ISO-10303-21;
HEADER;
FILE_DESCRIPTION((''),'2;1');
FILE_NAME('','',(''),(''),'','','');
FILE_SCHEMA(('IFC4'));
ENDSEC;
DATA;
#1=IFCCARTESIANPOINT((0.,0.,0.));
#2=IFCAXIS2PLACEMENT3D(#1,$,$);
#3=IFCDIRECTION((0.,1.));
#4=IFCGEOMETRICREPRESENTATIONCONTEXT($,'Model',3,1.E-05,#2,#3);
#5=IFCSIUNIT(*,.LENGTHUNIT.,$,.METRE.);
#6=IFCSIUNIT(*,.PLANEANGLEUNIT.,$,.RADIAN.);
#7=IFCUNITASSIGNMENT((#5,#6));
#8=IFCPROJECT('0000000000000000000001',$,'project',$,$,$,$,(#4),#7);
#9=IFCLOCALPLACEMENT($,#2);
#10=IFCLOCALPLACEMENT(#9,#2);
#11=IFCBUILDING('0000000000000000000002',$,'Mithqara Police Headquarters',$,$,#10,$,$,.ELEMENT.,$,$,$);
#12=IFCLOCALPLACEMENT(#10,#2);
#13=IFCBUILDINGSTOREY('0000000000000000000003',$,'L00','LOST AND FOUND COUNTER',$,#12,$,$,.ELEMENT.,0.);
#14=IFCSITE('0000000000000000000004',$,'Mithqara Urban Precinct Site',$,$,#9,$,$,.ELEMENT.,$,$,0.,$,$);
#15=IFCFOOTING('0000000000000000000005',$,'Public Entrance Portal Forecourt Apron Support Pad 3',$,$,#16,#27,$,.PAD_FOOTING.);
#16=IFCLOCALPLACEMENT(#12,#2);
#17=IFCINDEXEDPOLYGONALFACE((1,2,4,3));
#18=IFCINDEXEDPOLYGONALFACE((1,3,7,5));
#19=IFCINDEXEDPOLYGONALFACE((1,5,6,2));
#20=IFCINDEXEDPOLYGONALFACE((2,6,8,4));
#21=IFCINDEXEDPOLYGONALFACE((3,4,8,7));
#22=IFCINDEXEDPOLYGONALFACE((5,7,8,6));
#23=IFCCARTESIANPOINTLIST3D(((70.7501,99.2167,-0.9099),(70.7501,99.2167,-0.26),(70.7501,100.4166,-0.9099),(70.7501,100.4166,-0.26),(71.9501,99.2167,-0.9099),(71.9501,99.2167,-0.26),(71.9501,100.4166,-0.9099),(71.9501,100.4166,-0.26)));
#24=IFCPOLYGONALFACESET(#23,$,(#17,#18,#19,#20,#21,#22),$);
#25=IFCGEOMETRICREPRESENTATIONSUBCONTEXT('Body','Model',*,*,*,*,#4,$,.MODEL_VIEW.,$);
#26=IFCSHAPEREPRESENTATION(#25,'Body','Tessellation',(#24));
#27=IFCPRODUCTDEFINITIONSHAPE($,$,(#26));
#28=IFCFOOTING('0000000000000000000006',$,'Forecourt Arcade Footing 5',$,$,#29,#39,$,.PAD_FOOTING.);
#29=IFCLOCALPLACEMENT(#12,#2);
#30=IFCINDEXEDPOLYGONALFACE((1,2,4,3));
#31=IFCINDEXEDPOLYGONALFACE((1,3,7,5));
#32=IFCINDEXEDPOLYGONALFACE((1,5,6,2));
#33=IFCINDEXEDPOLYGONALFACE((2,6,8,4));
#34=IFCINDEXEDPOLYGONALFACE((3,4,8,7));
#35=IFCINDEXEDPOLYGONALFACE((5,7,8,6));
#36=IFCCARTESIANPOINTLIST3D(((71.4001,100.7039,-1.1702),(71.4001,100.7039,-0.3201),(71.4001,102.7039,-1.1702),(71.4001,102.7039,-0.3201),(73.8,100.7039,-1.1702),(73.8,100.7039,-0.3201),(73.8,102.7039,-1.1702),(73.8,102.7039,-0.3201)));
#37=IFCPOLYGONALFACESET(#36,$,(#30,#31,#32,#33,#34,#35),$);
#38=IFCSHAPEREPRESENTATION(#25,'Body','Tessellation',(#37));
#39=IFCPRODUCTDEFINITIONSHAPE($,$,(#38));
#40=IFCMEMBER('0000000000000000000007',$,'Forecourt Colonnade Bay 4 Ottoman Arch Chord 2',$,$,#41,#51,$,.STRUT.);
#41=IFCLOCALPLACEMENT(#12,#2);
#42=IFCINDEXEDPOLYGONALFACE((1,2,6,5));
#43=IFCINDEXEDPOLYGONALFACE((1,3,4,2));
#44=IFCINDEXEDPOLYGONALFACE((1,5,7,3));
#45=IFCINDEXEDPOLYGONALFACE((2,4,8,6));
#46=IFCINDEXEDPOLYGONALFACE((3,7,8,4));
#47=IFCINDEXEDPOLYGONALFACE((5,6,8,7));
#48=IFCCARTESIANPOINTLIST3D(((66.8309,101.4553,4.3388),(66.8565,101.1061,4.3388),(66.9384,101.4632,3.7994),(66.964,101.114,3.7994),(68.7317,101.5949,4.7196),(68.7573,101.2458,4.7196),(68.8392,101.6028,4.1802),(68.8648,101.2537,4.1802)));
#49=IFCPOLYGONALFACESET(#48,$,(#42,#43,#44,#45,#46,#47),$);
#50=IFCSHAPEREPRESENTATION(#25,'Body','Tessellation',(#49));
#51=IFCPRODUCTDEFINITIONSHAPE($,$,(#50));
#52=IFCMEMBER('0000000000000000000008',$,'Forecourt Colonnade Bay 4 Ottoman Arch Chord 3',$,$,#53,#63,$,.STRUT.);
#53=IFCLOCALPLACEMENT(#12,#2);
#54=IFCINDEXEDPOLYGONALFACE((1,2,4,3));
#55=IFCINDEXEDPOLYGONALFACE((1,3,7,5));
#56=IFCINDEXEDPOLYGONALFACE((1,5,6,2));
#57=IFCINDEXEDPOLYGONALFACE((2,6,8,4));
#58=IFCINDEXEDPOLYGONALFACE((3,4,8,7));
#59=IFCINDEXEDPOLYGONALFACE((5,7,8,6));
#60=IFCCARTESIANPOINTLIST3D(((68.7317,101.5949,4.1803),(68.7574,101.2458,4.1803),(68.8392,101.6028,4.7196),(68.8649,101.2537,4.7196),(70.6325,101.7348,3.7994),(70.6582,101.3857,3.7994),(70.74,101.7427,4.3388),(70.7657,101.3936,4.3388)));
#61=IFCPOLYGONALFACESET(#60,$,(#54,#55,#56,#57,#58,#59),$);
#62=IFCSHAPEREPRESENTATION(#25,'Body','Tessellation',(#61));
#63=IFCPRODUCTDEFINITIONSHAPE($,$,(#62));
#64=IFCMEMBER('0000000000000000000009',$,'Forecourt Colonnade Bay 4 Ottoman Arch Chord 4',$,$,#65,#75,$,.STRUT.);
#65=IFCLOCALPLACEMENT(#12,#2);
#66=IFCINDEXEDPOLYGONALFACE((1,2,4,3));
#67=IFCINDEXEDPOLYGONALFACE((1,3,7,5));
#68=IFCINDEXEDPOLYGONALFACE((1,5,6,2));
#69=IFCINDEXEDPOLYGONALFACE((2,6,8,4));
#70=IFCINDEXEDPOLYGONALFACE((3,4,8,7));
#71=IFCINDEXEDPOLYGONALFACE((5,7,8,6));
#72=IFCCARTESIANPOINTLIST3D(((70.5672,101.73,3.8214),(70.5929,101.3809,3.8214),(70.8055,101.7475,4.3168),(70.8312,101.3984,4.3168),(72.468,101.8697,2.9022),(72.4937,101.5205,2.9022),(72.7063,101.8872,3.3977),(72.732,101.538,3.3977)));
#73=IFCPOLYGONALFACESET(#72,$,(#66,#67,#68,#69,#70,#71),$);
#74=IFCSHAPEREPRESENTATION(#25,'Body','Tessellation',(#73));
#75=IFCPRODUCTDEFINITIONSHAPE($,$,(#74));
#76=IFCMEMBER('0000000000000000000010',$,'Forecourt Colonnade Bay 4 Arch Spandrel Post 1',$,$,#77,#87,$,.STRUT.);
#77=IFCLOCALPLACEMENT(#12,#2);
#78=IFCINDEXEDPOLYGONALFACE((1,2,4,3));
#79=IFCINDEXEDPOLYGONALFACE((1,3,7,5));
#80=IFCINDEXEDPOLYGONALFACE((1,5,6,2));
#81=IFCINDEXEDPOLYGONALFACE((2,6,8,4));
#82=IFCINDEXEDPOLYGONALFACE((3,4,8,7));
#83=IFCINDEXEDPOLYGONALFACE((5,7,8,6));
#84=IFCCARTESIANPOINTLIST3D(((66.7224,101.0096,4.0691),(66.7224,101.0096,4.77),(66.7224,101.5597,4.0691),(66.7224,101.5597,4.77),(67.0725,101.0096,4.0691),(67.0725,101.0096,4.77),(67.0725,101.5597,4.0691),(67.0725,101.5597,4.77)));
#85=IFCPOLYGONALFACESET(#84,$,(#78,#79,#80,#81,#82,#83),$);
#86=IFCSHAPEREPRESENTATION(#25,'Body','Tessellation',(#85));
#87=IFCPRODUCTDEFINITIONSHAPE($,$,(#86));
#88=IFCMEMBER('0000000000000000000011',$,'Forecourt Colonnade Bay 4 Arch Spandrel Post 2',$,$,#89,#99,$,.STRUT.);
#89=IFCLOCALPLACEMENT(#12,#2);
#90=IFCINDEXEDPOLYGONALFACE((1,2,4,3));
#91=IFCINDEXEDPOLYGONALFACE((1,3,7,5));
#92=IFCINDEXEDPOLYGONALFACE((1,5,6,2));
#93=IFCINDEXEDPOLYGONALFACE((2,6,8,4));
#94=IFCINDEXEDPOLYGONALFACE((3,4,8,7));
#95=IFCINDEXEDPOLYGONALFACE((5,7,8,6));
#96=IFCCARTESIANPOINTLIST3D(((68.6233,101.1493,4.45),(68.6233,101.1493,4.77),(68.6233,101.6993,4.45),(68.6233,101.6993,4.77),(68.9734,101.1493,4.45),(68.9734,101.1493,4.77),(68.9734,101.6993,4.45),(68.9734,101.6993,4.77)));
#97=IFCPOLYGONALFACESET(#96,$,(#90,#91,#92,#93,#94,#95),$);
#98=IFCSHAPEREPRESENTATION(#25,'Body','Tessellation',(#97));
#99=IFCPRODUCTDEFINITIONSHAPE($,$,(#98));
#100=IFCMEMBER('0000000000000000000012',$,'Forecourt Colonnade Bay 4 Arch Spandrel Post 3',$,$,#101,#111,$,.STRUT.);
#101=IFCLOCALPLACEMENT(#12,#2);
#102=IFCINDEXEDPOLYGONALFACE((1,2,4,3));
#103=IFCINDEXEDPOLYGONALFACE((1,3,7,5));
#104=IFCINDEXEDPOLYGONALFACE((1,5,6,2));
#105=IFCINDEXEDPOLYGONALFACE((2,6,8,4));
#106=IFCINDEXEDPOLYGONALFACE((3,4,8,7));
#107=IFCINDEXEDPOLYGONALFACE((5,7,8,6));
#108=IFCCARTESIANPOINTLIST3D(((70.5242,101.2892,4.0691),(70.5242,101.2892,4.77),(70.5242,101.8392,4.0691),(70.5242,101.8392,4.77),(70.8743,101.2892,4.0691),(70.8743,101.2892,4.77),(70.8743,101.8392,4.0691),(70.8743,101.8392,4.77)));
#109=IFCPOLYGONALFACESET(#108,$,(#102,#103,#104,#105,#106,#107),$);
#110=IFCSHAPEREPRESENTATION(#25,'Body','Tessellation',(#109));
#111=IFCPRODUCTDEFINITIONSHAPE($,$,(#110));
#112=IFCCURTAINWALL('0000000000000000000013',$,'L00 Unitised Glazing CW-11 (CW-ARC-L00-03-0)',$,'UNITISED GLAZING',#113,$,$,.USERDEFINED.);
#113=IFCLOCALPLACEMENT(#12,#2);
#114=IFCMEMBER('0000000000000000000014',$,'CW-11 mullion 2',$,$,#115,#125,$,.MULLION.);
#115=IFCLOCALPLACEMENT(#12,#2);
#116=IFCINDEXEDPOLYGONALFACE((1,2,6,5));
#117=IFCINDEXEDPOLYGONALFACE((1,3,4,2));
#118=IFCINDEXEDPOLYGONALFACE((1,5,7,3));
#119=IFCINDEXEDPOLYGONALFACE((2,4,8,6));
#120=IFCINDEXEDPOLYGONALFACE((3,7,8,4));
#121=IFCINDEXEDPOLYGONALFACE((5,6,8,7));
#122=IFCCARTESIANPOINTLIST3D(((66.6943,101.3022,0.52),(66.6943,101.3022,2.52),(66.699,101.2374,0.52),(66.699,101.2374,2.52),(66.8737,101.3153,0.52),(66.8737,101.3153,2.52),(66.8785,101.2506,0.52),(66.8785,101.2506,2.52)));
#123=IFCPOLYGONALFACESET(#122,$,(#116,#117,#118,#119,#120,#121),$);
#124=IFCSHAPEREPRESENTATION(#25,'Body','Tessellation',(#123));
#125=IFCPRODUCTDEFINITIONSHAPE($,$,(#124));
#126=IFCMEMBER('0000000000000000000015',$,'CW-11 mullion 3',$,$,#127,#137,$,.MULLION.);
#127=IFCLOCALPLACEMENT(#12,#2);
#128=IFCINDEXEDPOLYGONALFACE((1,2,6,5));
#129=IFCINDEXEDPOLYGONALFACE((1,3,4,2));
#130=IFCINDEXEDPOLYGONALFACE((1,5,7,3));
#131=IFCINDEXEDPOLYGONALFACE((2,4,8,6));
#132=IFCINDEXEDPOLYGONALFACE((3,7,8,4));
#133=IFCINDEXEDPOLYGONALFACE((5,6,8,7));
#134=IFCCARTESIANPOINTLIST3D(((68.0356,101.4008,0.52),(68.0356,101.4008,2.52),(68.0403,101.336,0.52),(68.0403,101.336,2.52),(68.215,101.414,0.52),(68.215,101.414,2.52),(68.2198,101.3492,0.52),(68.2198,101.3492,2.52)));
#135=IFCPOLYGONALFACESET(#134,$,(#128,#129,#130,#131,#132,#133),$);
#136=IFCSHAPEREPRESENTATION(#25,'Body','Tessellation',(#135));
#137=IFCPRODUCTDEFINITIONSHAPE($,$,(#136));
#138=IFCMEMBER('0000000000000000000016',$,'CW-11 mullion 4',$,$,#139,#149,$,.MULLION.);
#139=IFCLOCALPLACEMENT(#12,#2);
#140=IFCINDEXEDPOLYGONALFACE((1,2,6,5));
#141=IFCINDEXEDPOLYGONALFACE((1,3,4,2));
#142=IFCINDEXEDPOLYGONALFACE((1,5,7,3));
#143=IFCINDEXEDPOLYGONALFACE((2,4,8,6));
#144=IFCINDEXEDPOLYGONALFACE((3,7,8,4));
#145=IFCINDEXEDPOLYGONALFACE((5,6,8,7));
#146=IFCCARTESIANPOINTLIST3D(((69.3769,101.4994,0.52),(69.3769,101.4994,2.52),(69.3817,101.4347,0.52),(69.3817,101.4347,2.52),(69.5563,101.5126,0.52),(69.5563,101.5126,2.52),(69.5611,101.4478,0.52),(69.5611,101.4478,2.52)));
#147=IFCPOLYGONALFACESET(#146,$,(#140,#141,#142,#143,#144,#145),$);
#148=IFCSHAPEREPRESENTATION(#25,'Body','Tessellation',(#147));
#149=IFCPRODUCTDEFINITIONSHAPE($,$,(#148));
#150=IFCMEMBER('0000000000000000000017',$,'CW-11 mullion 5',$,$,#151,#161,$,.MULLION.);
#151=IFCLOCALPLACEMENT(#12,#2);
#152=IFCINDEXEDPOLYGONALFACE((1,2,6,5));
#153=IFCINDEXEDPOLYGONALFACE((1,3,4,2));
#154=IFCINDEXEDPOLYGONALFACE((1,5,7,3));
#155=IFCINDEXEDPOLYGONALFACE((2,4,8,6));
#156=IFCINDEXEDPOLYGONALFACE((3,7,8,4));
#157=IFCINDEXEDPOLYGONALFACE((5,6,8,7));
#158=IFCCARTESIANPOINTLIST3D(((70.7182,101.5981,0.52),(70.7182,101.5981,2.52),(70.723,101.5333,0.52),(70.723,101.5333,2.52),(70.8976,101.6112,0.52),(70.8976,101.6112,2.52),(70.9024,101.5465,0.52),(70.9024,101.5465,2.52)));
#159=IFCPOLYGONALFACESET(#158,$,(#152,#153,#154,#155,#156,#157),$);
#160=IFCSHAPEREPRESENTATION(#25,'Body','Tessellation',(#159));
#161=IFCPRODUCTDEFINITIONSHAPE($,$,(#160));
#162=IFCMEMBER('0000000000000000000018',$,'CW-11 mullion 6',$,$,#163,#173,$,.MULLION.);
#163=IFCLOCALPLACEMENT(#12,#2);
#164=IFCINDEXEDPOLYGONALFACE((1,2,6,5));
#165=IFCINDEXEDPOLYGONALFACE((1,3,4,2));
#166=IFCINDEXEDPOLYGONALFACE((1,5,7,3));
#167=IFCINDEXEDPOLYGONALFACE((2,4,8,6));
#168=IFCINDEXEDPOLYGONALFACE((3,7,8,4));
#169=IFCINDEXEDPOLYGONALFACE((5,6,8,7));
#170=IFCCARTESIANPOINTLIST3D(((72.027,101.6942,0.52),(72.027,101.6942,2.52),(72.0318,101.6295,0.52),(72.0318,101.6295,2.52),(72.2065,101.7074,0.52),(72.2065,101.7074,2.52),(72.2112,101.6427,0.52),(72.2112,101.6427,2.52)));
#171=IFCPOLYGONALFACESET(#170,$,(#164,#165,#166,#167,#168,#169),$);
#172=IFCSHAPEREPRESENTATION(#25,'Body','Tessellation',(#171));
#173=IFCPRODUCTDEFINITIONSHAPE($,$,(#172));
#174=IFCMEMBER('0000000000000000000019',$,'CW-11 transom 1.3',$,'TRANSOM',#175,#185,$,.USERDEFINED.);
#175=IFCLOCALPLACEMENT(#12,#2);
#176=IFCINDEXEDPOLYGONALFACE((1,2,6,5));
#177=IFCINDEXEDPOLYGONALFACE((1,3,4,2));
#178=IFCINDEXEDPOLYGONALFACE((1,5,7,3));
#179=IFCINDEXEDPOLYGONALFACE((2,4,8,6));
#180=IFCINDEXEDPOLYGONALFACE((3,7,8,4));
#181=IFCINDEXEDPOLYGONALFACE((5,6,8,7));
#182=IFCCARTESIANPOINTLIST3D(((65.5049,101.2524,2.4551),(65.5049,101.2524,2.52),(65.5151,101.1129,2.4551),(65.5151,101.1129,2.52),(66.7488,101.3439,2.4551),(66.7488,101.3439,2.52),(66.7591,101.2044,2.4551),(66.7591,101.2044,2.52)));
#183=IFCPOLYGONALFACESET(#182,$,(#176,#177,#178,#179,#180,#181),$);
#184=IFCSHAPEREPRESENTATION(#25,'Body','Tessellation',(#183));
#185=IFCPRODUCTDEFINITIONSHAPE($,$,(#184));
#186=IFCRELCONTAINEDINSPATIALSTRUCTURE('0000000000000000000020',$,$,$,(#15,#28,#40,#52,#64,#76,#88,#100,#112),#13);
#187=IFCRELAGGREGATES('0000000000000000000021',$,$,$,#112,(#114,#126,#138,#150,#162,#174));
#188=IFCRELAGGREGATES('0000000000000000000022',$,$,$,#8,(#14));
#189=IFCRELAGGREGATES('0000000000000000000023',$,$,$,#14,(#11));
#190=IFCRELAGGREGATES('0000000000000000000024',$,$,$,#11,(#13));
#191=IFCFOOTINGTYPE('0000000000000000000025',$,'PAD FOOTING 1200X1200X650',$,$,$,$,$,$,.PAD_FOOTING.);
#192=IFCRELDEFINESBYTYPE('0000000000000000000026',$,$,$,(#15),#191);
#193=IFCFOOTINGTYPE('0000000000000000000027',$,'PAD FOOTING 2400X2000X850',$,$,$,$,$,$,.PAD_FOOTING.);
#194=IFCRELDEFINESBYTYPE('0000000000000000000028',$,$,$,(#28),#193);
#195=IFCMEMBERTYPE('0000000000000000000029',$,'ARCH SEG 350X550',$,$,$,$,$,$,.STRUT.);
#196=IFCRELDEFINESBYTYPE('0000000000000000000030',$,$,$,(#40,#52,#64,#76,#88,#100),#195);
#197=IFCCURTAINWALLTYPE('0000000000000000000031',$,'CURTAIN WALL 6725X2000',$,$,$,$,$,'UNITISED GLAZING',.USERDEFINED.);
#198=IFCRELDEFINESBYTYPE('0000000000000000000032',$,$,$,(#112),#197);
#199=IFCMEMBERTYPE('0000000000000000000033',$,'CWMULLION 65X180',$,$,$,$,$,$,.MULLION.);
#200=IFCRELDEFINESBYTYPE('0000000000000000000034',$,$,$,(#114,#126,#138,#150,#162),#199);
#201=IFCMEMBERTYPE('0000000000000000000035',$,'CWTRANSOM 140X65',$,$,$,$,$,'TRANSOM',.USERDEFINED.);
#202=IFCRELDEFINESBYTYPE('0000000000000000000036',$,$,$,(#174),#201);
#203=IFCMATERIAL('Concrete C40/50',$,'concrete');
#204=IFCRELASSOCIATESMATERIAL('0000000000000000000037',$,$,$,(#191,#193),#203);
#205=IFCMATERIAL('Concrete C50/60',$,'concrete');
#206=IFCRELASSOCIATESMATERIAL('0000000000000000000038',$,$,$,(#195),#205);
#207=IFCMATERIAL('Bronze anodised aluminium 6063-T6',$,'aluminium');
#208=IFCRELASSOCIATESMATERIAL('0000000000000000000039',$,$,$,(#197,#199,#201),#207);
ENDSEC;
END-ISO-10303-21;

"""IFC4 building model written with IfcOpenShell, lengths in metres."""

from ifc_helpers import new_model, si_unit, direction, frame, origin, origin_2d, place, context, subcontext, project, spatial, rectangle, extrude, material, material_profile, profile_set, type_object, element, aggregate, save


model = new_model("IFC4")

# Units and contexts
model_context = context("Model", 3, precision=1e-05, world=origin(), true_north=direction((0.0, 1.0)))
body_context = subcontext(model_context, "Body", "Model", "MODEL_VIEW")
ifc_project = project(units=[si_unit("LENGTHUNIT", "METRE"), si_unit("PLANEANGLEUNIT", "RADIAN")], contexts=[model_context])

# Site, building, storey
site_placement = place(None, origin())
site = spatial("IfcSite", under=ifc_project, at=site_placement, Name="Mithqara Urban Precinct Site", CompositionType="ELEMENT", RefElevation=0.0)
building_placement = place(site_placement, origin())
building = spatial("IfcBuilding", under=site, at=building_placement, Name="Mithqara Police Headquarters", CompositionType="ELEMENT")
storey_placement = place(building_placement, origin())
storey = spatial("IfcBuildingStorey", under=building, at=storey_placement, Name="L00", Description="LOST AND FOUND COUNTER", CompositionType="ELEMENT", Elevation=0.0)

# Footings
ifc_material_1 = material(Name="Concrete C40/50", Category="concrete")
footing_type_1 = type_object("IfcFootingType", Name="PAD FOOTING 1200X1200X650", PredefinedType="PAD_FOOTING", material=ifc_material_1)
footing_1_placement = place(storey_placement, frame((71.3501, 99.8167, -0.9099), z_axis=(0.0, 0.0, 1.0), x_axis=(1.0, 0.0, 0.0)))
element("IfcFooting", 1, at=footing_1_placement, inside=storey, type_object=footing_type_1, Name="Public Entrance Portal Forecourt Apron Support Pad 3", PredefinedType="PAD_FOOTING", context=body_context, shape_type="SweptSolid", body=[
    extrude(rectangle(XDim=1.2, YDim=1.2, at=origin_2d()), origin(), (0.0, 0.0, 1.0), 0.6499),
])
footing_type_2 = type_object("IfcFootingType", Name="PAD FOOTING 2400X2000X850", PredefinedType="PAD_FOOTING", material=ifc_material_1)
footing_2_placement = place(storey_placement, frame((72.6001, 101.7039, -1.1702), z_axis=(0.0, 0.0, 1.0), x_axis=(1.0, 0.0, 0.0)))
element("IfcFooting", 2, at=footing_2_placement, inside=storey, type_object=footing_type_2, Name="Forecourt Arcade Footing 5", PredefinedType="PAD_FOOTING", context=body_context, shape_type="SweptSolid", body=[
    extrude(rectangle(XDim=2.3999, YDim=2.0, at=origin_2d()), origin(), (0.0, 0.0, 1.0), 0.8501),
])

# Members
ifc_material_2 = material(Name="Concrete C50/60", Category="concrete")
ifc_material_profile_1 = material_profile(ifc_material_2, rectangle(XDim=0.3501, YDim=0.55, at=origin_2d()), Name="ARC 350x550")
ifc_profile_set_1 = profile_set([ifc_material_profile_1], Name="Concrete C50/60")
member_type_1 = type_object("IfcMemberType", Name="ARCH SEG 350X550", PredefinedType="STRUT", material=ifc_profile_set_1)
for number, where, z_axis, x_axis, name in (
    (3, (66.8975, 101.2847, 4.0691), (0.977979, 0.071847, 0.195947), (-0.073268, 0.997312, 0.0), "Forecourt Colonnade Bay 4 Ottoman Arch Chord 2"),
    (4, (68.7983, 101.4243, 4.45), (0.97797, 0.071972, -0.195946), (-0.073395, 0.997303, 0.0), "Forecourt Colonnade Bay 4 Ottoman Arch Chord 3"),
):
    element("IfcMember", number, at=place(storey_placement, frame(where, z_axis=z_axis, x_axis=x_axis)), inside=storey, type_object=member_type_1, Name=name, PredefinedType="STRUT", context=body_context, shape_type="SweptSolid", body=[
        extrude(rectangle(XDim=0.3501, YDim=0.55, at=origin_2d()), origin(), (0.0, 0.0, 1.0), 1.9436),
    ])
member_1_placement = place(storey_placement, frame((70.6992, 101.5642, 4.0691), z_axis=(0.898306, 0.065994, -0.434385), x_axis=(-0.073268, 0.997312, 0.0)))
element("IfcMember", 5, at=member_1_placement, inside=storey, type_object=member_type_1, Name="Forecourt Colonnade Bay 4 Ottoman Arch Chord 4", PredefinedType="STRUT", context=body_context, shape_type="SweptSolid", body=[
    extrude(rectangle(XDim=0.3501, YDim=0.55, at=origin_2d()), origin(), (0.0, 0.0, 1.0), 2.116),
])
member_2_placement = place(storey_placement, frame((66.8975, 101.2847, 4.0691), z_axis=(0.0, 0.0, 1.0), x_axis=(1.0, 0.0, 0.0)))
element("IfcMember", 6, at=member_2_placement, inside=storey, type_object=member_type_1, Name="Forecourt Colonnade Bay 4 Arch Spandrel Post 1", PredefinedType="STRUT", context=body_context, shape_type="SweptSolid", body=[
    extrude(rectangle(XDim=0.3501, YDim=0.55, at=origin_2d()), origin(), (0.0, 0.0, 1.0), 0.7009),
])
member_3_placement = place(storey_placement, frame((68.7983, 101.4243, 4.45), z_axis=(0.0, 0.0, 1.0), x_axis=(1.0, 0.0, 0.0)))
element("IfcMember", 7, at=member_3_placement, inside=storey, type_object=member_type_1, Name="Forecourt Colonnade Bay 4 Arch Spandrel Post 2", PredefinedType="STRUT", context=body_context, shape_type="SweptSolid", body=[
    extrude(rectangle(XDim=0.3501, YDim=0.55, at=origin_2d()), origin(), (0.0, 0.0, 1.0), 0.3201),
])
member_4_placement = place(storey_placement, frame((70.6992, 101.5642, 4.0691), z_axis=(0.0, 0.0, 1.0), x_axis=(1.0, 0.0, 0.0)))
element("IfcMember", 8, at=member_4_placement, inside=storey, type_object=member_type_1, Name="Forecourt Colonnade Bay 4 Arch Spandrel Post 3", PredefinedType="STRUT", context=body_context, shape_type="SweptSolid", body=[
    extrude(rectangle(XDim=0.3501, YDim=0.55, at=origin_2d()), origin(), (0.0, 0.0, 1.0), 0.7009),
])

# Curtain wall, members
ifc_material_3 = material(Name="Bronze anodised aluminium 6063-T6", Category="aluminium")
curtain_wall_type = type_object("IfcCurtainWallType", Name="CURTAIN WALL 6725X2000", ElementType="UNITISED GLAZING", PredefinedType="USERDEFINED", material=ifc_material_3)
curtain_wall_placement = place(storey_placement, origin())
curtain_wall = element("IfcCurtainWall", 9, at=curtain_wall_placement, inside=storey, type_object=curtain_wall_type, Name="L00 Unitised Glazing CW-11 (CW-ARC-L00-03-0)", ObjectType="UNITISED GLAZING", PredefinedType="USERDEFINED")
ifc_material_profile_2 = material_profile(ifc_material_3, rectangle(XDim=0.0649, YDim=0.1799, at=origin_2d()), Name="CWM 65x180")
ifc_profile_set_2 = profile_set([ifc_material_profile_2], Name="Bronze anodised aluminium 6063-T6")
member_type_2 = type_object("IfcMemberType", Name="CWMULLION 65X180", PredefinedType="MULLION", material=ifc_profile_set_2)
member_5_placement = place(storey_placement, frame((66.7864, 101.2764, 0.52), z_axis=(0.0, 0.0, 1.0), x_axis=(-0.073298, 0.99731, 0.0)))
member_5 = element("IfcMember", 10, at=member_5_placement, type_object=member_type_2, Name="CW-11 mullion 2", PredefinedType="MULLION", context=body_context, shape_type="SweptSolid", body=[
    extrude(rectangle(XDim=0.0649, YDim=0.1799, at=origin_2d()), origin(), (0.0, 0.0, 1.0), 2.0),
])
member_6_placement = place(storey_placement, frame((68.1277, 101.375, 0.52), z_axis=(0.0, 0.0, 1.0), x_axis=(-0.073298, 0.99731, 0.0)))
member_6 = element("IfcMember", 11, at=member_6_placement, type_object=member_type_2, Name="CW-11 mullion 3", PredefinedType="MULLION", context=body_context, shape_type="SweptSolid", body=[
    extrude(rectangle(XDim=0.0649, YDim=0.1799, at=origin_2d()), origin(), (0.0, 0.0, 1.0), 2.0),
])
member_7_placement = place(storey_placement, frame((69.469, 101.4736, 0.52), z_axis=(0.0, 0.0, 1.0), x_axis=(-0.073298, 0.99731, 0.0)))
member_7 = element("IfcMember", 12, at=member_7_placement, type_object=member_type_2, Name="CW-11 mullion 4", PredefinedType="MULLION", context=body_context, shape_type="SweptSolid", body=[
    extrude(rectangle(XDim=0.0649, YDim=0.1799, at=origin_2d()), origin(), (0.0, 0.0, 1.0), 2.0),
])
member_8_placement = place(storey_placement, frame((70.8103, 101.5723, 0.52), z_axis=(0.0, 0.0, 1.0), x_axis=(-0.073298, 0.99731, 0.0)))
member_8 = element("IfcMember", 13, at=member_8_placement, type_object=member_type_2, Name="CW-11 mullion 5", PredefinedType="MULLION", context=body_context, shape_type="SweptSolid", body=[
    extrude(rectangle(XDim=0.0649, YDim=0.1799, at=origin_2d()), origin(), (0.0, 0.0, 1.0), 2.0),
])
member_9_placement = place(storey_placement, frame((72.1191, 101.6685, 0.52), z_axis=(0.0, 0.0, 1.0), x_axis=(-0.073298, 0.99731, 0.0)))
member_9 = element("IfcMember", 14, at=member_9_placement, type_object=member_type_2, Name="CW-11 mullion 6", PredefinedType="MULLION", context=body_context, shape_type="SweptSolid", body=[
    extrude(rectangle(XDim=0.0649, YDim=0.1799, at=origin_2d()), origin(), (0.0, 0.0, 1.0), 2.0),
])
ifc_material_profile_3 = material_profile(ifc_material_3, rectangle(XDim=0.1399, YDim=0.0649, at=origin_2d()), Name="CWT 140x65")
ifc_profile_set_3 = profile_set([ifc_material_profile_3], Name="Bronze anodised aluminium 6063-T6")
member_type_3 = type_object("IfcMemberType", Name="CWTRANSOM 140X65", ElementType="TRANSOM", PredefinedType="USERDEFINED", material=ifc_profile_set_3)
member_10_placement = place(storey_placement, frame((65.51, 101.1826, 2.4875), z_axis=(0.997302, 0.073403, 0.0), x_axis=(-0.073403, 0.997302, 0.0)))
member_10 = element("IfcMember", 15, at=member_10_placement, type_object=member_type_3, Name="CW-11 transom 1.3", ObjectType="TRANSOM", PredefinedType="USERDEFINED", context=body_context, shape_type="SweptSolid", body=[
    extrude(rectangle(XDim=0.1399, YDim=0.0649, at=origin_2d()), origin(), (0.0, 0.0, 1.0), 1.2473),
])
aggregate(curtain_wall, [member_5, member_6, member_7, member_8, member_9, member_10])

save(model, "model.ifc")
